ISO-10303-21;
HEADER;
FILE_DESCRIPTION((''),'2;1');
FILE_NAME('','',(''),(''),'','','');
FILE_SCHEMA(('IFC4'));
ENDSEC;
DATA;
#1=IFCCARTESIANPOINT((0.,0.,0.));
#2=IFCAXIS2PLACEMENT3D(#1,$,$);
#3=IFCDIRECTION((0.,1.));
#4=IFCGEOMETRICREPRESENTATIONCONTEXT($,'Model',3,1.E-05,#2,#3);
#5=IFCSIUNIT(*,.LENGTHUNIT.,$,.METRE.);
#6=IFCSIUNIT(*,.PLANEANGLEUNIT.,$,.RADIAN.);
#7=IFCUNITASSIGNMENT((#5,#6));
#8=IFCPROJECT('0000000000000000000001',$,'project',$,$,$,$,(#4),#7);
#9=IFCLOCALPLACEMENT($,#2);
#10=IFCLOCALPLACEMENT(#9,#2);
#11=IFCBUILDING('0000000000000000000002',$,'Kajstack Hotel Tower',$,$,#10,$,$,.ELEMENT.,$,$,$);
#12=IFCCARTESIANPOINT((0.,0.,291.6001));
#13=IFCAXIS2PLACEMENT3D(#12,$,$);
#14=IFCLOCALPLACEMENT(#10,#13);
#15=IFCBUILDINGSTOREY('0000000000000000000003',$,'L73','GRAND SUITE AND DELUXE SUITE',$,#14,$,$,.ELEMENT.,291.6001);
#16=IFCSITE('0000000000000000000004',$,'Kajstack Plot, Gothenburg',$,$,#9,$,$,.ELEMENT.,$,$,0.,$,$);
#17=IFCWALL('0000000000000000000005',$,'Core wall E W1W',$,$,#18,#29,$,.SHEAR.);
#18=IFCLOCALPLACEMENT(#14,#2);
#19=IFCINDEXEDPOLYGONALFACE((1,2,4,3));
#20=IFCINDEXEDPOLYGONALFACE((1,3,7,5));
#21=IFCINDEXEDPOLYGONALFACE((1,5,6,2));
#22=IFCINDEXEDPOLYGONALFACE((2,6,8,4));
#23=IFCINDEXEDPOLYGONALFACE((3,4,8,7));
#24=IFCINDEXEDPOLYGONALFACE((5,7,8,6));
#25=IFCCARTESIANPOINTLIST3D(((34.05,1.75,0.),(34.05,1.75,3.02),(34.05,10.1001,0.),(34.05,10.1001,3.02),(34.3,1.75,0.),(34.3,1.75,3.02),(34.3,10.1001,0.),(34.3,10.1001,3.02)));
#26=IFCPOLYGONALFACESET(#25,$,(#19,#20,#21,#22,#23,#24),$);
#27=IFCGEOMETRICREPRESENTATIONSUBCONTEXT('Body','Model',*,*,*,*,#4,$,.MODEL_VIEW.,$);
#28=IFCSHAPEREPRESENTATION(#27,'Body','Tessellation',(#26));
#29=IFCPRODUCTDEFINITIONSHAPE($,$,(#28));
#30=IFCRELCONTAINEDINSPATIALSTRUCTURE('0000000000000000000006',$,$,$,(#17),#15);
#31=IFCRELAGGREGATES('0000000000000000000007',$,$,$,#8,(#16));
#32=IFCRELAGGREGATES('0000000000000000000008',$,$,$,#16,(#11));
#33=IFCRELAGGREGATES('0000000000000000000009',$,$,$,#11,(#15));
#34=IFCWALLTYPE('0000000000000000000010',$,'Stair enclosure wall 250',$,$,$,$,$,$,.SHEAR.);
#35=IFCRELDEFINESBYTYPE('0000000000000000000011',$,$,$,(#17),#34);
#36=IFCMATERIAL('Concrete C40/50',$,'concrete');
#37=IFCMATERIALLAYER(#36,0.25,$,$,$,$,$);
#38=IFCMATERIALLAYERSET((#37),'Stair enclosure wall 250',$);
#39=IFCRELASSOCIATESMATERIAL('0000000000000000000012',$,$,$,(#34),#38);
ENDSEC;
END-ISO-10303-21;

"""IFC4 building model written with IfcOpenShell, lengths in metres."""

from ifc_helpers import new_model, si_unit, direction, frame, frame_2d, origin, place, context, subcontext, project, spatial, rectangle, extrude, material, layer, layer_set, type_object, element, save


model = new_model("IFC4")

# Units and contexts
model_context = context("Model", 3, precision=1e-05, world=origin(), true_north=direction((0.0, 1.0)))
body_context = subcontext(model_context, "Body", "Model", "MODEL_VIEW")
ifc_project = project(units=[si_unit("LENGTHUNIT", "METRE"), si_unit("PLANEANGLEUNIT", "RADIAN")], contexts=[model_context])

# Site, building, storey
site_placement = place(None, origin())
site = spatial("IfcSite", under=ifc_project, at=site_placement, Name="Kajstack Plot, Gothenburg", CompositionType="ELEMENT", RefElevation=0.0)
building_placement = place(site_placement, origin())
building = spatial("IfcBuilding", under=site, at=building_placement, Name="Kajstack Hotel Tower", CompositionType="ELEMENT")
storey_placement = place(building_placement, frame((0.0, 0.0, 291.6001)))
storey = spatial("IfcBuildingStorey", under=building, at=storey_placement, Name="L73", Description="GRAND SUITE AND DELUXE SUITE", CompositionType="ELEMENT", Elevation=291.6001)

# Shared definitions
ifc_material_1 = material(Name="Concrete C40/50", Category="concrete")

# Wall
ifc_layer_1 = layer(ifc_material_1, 0.25)
ifc_layer_set_1 = layer_set([ifc_layer_1], Name="Stair enclosure wall 250")
wall_type_1 = type_object("IfcWallType", Name="Stair enclosure wall 250", PredefinedType="SHEAR", material=ifc_layer_set_1)
wall_1_placement = place(storey_placement, frame((34.175, 1.75, 0.0), z_axis=(0.0, 0.0, 1.0), x_axis=(0.0, 1.0, 0.0)))
element("IfcWall", 1, at=wall_1_placement, inside=storey, type_object=wall_type_1, Name="Core wall E W1W", PredefinedType="SHEAR", context=body_context, shape_type="SweptSolid", body=[
    extrude(rectangle(XDim=8.3501, YDim=0.25, at=frame_2d((4.175, 0.0))), origin(), (0.0, 0.0, 1.0), 3.02),
])

save(model, "model.ifc")
